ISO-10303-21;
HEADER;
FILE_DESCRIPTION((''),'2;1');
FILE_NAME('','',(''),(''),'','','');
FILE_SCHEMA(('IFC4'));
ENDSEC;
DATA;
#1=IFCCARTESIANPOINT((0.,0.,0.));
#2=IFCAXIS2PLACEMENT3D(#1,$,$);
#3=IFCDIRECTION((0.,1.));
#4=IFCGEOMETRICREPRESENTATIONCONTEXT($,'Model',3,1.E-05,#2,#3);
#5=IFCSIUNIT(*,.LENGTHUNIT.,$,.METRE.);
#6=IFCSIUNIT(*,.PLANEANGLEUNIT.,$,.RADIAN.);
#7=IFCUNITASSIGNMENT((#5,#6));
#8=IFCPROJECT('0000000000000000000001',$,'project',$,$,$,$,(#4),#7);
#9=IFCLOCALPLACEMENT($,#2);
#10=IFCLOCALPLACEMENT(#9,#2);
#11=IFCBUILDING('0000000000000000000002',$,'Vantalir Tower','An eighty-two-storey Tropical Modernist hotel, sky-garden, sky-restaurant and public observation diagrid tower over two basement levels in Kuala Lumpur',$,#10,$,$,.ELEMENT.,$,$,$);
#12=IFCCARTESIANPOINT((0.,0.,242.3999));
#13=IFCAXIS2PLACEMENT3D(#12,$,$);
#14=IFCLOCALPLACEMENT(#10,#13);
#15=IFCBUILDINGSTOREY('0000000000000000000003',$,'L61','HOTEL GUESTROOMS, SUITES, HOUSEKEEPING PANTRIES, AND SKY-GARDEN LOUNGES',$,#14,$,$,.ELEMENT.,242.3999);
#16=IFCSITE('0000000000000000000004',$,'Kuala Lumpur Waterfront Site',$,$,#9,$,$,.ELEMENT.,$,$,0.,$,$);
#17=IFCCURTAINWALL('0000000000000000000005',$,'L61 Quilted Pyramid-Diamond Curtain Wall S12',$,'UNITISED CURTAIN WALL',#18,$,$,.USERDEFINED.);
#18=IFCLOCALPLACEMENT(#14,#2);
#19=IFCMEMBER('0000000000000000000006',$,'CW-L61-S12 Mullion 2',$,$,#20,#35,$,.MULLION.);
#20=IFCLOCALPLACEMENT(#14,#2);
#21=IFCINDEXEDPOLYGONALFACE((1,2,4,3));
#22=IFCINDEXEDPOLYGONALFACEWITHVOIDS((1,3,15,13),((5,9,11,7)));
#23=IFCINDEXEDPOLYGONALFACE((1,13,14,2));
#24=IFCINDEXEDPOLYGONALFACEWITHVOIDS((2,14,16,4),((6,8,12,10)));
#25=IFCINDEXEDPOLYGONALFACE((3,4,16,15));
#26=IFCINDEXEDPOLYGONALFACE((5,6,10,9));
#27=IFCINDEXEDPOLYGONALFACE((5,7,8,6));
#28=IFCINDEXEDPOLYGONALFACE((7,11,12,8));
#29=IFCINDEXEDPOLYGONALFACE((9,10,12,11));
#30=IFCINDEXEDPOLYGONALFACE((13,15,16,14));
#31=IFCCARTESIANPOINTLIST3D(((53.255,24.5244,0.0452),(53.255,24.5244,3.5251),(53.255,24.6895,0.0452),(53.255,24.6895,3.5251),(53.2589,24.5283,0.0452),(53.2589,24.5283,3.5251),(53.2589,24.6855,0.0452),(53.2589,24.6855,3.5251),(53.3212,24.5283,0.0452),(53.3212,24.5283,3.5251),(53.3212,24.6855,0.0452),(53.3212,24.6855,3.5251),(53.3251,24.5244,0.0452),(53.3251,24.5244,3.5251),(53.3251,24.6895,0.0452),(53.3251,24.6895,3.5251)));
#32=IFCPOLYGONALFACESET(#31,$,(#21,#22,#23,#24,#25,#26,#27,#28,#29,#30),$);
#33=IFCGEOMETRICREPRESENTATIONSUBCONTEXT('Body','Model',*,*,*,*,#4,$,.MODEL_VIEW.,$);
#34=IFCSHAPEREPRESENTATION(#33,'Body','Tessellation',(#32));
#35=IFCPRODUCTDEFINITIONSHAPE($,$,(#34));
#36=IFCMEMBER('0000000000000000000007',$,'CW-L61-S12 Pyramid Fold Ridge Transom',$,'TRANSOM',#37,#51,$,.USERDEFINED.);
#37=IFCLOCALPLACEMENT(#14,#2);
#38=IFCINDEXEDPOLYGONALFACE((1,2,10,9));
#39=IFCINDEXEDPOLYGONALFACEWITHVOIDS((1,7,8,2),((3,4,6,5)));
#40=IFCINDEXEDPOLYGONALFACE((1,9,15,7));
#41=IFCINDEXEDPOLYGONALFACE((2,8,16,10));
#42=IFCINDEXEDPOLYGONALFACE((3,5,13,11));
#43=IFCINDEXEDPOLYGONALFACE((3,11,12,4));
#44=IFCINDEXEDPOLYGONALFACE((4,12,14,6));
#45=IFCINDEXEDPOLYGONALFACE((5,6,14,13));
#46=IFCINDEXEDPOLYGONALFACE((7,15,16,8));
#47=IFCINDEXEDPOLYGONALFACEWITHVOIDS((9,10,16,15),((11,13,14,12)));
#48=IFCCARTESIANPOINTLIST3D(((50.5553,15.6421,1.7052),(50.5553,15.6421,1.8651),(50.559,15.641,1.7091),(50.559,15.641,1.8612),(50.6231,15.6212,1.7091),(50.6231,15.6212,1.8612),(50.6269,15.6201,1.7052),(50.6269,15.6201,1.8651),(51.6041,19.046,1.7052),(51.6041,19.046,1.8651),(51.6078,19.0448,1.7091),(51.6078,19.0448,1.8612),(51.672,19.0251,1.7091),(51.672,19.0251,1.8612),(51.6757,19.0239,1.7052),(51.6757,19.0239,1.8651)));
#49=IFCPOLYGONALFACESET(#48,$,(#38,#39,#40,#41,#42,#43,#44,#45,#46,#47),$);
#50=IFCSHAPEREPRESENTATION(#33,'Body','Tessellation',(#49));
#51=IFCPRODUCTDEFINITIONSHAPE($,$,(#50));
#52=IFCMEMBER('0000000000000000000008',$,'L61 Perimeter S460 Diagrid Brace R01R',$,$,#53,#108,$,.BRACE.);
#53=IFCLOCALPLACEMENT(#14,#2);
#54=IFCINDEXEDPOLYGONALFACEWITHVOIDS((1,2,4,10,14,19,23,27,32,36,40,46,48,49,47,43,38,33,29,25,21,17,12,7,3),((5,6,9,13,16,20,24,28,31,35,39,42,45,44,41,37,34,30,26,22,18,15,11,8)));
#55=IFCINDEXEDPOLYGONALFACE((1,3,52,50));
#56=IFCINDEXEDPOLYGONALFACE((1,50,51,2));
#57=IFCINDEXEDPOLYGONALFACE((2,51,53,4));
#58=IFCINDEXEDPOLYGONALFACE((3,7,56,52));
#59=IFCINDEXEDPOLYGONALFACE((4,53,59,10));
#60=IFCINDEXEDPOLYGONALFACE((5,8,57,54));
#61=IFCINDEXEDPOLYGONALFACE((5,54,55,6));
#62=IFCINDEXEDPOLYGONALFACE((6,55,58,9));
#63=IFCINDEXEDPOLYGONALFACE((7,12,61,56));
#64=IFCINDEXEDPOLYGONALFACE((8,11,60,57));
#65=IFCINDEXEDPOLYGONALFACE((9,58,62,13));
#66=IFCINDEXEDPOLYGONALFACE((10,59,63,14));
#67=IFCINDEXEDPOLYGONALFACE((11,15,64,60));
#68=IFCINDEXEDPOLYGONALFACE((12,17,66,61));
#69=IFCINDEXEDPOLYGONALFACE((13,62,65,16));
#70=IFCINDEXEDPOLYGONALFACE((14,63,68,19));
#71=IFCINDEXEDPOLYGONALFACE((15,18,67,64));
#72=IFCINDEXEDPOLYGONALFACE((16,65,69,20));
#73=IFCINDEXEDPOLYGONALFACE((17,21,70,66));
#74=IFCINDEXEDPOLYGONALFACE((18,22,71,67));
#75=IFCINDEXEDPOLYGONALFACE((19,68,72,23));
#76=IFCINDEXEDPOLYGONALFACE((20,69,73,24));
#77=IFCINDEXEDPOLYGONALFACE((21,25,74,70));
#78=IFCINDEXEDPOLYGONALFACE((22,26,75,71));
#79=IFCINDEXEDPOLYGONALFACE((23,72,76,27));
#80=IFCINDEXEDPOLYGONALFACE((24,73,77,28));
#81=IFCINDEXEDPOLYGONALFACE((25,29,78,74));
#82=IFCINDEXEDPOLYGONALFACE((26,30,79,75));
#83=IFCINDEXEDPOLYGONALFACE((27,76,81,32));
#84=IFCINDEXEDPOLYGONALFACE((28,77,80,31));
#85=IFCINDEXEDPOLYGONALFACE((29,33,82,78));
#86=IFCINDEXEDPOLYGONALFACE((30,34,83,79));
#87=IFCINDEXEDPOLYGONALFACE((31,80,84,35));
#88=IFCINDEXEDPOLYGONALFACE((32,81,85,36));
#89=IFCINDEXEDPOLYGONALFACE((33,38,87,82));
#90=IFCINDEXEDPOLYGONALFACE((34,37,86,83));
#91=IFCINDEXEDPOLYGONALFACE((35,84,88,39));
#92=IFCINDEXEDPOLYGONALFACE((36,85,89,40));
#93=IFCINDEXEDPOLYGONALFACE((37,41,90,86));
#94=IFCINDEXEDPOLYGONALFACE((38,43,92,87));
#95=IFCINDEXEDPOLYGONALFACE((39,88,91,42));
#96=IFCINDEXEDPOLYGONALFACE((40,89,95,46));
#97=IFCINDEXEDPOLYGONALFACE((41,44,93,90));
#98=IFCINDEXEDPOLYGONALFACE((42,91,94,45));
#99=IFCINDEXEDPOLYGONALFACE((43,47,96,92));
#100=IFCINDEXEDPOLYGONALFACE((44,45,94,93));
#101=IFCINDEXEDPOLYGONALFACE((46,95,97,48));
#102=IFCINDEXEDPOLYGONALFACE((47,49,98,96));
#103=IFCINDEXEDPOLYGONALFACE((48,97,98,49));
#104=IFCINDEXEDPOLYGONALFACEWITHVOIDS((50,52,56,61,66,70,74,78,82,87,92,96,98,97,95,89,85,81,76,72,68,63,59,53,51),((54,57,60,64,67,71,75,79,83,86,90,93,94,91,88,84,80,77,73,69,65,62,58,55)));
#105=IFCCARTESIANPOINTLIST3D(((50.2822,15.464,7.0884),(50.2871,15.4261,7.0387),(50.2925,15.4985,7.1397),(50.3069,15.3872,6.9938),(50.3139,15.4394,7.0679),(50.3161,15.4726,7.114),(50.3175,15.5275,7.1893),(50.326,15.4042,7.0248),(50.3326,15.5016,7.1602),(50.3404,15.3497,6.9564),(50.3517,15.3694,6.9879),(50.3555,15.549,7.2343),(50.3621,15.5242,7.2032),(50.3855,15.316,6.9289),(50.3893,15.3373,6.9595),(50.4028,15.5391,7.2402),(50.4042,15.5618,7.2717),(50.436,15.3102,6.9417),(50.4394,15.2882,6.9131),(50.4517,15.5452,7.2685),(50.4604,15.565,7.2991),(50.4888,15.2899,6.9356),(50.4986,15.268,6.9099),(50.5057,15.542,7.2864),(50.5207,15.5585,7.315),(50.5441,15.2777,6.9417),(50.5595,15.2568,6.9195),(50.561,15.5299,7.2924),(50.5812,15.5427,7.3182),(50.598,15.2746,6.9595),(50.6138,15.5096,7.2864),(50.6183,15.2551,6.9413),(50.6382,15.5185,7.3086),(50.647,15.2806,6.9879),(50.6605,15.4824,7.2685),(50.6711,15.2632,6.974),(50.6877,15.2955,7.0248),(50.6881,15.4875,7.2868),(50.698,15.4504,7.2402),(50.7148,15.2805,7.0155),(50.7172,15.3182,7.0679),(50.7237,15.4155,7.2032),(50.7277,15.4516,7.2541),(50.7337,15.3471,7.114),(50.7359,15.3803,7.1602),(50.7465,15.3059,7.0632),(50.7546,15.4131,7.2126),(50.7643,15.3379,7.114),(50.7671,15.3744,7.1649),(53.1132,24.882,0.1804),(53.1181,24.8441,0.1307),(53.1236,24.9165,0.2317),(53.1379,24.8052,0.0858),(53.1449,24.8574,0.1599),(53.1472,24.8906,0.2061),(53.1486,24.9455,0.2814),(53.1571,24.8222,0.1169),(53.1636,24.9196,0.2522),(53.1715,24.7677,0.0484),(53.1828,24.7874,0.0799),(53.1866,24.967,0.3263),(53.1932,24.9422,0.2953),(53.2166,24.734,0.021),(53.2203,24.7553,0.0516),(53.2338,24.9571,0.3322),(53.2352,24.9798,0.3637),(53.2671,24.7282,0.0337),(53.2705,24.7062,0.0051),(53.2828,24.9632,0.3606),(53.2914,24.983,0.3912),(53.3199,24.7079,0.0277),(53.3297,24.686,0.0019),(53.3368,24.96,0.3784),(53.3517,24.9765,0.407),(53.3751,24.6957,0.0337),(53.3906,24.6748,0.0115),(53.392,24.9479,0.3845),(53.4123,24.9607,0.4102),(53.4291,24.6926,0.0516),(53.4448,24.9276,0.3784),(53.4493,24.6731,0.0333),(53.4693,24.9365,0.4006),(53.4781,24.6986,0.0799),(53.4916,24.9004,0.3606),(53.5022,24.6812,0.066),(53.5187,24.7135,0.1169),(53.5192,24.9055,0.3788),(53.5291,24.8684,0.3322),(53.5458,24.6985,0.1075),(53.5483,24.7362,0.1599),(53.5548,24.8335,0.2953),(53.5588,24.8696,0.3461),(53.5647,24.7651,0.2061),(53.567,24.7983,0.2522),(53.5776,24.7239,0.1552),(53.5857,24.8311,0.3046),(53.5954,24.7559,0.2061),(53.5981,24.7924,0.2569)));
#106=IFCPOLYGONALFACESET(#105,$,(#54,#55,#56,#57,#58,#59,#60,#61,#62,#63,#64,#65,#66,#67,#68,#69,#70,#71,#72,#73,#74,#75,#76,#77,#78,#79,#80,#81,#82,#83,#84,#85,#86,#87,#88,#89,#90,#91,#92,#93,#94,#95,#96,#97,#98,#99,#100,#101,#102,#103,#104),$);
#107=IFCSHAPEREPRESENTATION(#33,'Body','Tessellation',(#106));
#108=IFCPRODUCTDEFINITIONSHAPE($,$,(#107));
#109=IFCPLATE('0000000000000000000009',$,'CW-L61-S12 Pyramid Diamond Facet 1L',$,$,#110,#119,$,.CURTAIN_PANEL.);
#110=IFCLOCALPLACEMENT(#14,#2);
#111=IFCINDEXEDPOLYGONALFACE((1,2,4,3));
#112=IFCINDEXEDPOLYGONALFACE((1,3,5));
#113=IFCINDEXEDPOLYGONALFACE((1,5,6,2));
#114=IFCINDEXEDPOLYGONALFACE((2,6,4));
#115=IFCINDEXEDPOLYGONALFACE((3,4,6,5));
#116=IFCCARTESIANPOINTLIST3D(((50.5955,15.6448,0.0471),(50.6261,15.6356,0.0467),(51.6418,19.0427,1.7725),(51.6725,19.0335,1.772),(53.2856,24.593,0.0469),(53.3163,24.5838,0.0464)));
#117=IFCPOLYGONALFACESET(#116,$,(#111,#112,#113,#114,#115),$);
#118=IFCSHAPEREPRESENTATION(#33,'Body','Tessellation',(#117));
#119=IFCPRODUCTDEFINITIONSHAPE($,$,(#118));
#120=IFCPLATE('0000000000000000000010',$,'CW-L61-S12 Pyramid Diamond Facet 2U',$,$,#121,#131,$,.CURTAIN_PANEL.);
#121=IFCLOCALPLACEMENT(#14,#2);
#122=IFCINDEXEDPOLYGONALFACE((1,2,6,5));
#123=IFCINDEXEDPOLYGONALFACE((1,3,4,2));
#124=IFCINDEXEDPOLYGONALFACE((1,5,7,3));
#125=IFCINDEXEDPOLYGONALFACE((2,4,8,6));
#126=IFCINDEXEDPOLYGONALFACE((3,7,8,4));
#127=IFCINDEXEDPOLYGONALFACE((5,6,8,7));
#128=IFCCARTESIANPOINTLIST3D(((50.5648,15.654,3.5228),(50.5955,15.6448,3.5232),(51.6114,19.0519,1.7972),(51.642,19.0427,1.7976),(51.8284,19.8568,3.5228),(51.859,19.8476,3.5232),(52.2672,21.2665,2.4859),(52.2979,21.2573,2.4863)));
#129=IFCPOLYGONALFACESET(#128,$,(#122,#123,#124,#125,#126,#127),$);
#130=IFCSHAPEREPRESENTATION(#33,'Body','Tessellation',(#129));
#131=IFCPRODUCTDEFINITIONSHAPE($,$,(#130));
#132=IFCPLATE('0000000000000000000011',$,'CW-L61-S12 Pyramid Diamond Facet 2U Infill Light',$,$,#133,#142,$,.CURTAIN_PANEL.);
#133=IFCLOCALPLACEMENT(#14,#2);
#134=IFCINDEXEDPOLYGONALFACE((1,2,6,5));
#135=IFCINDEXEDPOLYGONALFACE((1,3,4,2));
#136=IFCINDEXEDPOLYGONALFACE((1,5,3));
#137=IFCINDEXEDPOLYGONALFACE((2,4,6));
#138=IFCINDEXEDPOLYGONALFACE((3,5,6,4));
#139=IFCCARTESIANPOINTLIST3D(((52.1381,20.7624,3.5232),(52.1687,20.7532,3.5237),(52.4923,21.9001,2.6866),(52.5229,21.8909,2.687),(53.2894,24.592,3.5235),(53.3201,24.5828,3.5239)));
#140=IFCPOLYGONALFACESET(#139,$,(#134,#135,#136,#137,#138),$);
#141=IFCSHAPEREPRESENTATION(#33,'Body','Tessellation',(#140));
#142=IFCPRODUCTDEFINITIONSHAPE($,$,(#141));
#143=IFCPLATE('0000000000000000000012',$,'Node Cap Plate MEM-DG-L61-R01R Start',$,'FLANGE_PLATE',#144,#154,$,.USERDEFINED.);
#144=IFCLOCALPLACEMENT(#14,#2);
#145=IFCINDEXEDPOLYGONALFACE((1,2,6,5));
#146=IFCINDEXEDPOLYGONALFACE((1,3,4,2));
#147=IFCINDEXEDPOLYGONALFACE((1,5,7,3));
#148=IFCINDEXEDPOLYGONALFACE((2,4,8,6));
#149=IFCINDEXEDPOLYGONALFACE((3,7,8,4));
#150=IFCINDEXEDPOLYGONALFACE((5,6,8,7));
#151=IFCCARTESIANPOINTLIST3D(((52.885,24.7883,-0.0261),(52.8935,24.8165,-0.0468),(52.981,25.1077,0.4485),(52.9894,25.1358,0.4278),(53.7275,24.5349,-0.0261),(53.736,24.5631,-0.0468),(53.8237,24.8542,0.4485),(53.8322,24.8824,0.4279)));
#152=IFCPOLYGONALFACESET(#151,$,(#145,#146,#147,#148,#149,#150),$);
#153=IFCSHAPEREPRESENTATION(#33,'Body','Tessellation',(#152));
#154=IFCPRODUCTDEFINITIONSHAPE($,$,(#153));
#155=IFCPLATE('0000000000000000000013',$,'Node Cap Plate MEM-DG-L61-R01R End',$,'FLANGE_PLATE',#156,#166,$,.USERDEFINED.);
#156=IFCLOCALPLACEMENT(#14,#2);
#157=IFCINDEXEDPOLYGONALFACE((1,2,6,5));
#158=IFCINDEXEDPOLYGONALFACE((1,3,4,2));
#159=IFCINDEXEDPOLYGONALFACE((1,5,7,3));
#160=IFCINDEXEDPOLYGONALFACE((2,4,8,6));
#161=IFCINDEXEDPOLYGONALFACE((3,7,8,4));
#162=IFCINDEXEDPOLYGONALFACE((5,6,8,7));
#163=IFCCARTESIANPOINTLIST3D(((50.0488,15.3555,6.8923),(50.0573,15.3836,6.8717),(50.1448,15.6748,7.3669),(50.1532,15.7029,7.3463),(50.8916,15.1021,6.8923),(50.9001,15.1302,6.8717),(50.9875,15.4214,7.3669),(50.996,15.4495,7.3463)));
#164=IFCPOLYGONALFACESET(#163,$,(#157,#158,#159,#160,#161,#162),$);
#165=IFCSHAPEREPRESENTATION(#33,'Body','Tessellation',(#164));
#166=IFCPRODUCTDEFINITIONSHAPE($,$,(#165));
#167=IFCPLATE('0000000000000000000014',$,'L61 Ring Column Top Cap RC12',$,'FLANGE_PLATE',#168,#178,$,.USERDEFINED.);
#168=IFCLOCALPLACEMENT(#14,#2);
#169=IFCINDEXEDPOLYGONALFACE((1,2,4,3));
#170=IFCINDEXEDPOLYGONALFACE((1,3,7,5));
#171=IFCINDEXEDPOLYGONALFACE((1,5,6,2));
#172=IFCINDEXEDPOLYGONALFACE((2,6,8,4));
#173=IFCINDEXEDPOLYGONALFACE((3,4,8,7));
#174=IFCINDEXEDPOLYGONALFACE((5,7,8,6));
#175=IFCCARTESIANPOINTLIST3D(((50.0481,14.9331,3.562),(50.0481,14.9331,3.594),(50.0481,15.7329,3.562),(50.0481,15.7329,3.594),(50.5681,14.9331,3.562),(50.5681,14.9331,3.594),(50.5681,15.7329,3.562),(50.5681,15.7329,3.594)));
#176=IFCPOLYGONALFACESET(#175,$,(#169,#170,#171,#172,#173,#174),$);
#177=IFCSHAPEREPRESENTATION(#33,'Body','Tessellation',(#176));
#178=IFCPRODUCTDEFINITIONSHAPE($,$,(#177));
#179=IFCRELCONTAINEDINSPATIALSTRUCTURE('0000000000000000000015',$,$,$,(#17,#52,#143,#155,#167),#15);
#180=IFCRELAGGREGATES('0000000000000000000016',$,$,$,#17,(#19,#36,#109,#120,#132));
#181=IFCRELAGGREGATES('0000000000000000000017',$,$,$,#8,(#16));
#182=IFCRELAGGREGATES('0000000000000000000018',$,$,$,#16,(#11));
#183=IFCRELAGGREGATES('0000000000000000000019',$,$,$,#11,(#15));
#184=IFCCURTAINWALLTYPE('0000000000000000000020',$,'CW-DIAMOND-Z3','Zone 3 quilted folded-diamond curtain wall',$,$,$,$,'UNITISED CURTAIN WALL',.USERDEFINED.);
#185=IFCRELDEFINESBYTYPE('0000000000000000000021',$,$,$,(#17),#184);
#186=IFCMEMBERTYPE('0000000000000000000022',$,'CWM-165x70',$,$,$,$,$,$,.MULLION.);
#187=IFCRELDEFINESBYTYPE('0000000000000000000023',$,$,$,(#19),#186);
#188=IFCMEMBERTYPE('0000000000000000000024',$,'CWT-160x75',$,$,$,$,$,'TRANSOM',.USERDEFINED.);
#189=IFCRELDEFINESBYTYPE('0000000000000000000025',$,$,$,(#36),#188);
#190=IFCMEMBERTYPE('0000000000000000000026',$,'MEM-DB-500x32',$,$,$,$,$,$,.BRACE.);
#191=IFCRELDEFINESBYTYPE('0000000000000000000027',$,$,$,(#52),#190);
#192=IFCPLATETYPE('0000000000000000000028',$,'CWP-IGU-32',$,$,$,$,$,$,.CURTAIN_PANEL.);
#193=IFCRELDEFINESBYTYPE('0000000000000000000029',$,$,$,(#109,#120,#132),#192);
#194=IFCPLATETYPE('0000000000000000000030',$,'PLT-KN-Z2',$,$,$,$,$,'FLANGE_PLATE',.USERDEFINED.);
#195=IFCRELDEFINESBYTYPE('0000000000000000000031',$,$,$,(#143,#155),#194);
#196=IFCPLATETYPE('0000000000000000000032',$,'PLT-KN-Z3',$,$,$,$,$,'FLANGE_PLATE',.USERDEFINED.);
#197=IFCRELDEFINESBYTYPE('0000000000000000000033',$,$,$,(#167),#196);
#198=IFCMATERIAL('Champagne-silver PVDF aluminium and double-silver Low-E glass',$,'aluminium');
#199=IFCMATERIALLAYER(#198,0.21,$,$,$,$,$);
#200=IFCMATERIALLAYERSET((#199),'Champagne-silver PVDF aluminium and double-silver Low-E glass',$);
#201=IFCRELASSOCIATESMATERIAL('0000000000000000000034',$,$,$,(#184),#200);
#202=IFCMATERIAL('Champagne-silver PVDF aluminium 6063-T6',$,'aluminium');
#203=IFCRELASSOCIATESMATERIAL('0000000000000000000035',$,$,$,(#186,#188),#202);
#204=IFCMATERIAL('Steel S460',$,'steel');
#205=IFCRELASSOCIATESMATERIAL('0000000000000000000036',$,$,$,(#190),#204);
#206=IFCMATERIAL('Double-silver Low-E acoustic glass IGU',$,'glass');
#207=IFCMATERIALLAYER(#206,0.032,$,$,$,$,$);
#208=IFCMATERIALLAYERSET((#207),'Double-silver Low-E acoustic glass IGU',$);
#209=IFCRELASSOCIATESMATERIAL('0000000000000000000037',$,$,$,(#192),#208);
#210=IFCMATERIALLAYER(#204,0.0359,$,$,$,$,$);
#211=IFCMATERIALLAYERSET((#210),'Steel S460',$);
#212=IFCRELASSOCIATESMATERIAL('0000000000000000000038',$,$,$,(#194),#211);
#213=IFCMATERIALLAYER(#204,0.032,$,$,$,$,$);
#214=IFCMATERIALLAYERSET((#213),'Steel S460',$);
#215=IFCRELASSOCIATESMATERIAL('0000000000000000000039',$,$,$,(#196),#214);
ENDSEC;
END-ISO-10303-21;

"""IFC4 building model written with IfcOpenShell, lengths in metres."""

from ifc_helpers import new_model, si_unit, direction, frame, origin, origin_2d, place, context, subcontext, project, spatial, polyline, hollow_rectangle, hollow_circle, outline, extrude, material, layer, layer_set, material_profile, profile_set, type_object, element, aggregate, save


model = new_model("IFC4")

# Units and contexts
model_context = context("Model", 3, precision=1e-05, world=origin(), true_north=direction((0.0, 1.0)))
body_context = subcontext(model_context, "Body", "Model", "MODEL_VIEW")
ifc_project = project(units=[si_unit("LENGTHUNIT", "METRE"), si_unit("PLANEANGLEUNIT", "RADIAN")], contexts=[model_context])

# Site, building, storey
site_placement = place(None, origin())
site = spatial("IfcSite", under=ifc_project, at=site_placement, Name="Kuala Lumpur Waterfront Site", CompositionType="ELEMENT", RefElevation=0.0)
building_placement = place(site_placement, origin())
building = spatial("IfcBuilding", under=site, at=building_placement, Name="Vantalir Tower", Description="An eighty-two-storey Tropical Modernist hotel, sky-garden, sky-restaurant and public observation diagrid tower over two basement levels in Kuala Lumpur", CompositionType="ELEMENT")
storey_placement = place(building_placement, frame((0.0, 0.0, 242.3999)))
storey = spatial("IfcBuildingStorey", under=building, at=storey_placement, Name="L61", Description="HOTEL GUESTROOMS, SUITES, HOUSEKEEPING PANTRIES, AND SKY-GARDEN LOUNGES", CompositionType="ELEMENT", Elevation=242.3999)

# Shared definitions
ifc_material_1 = material(Name="Steel S460", Category="steel")

# Curtain wall, members
ifc_material_2 = material(Name="Champagne-silver PVDF aluminium and double-silver Low-E glass", Category="aluminium")
ifc_layer_1 = layer(ifc_material_2, 0.21)
ifc_layer_set_1 = layer_set([ifc_layer_1], Name="Champagne-silver PVDF aluminium and double-silver Low-E glass")
curtain_wall_type = type_object("IfcCurtainWallType", Name="CW-DIAMOND-Z3", Description="Zone 3 quilted folded-diamond curtain wall", ElementType="UNITISED CURTAIN WALL", PredefinedType="USERDEFINED", material=ifc_layer_set_1)
curtain_wall_placement = place(storey_placement, origin())
curtain_wall = element("IfcCurtainWall", 1, at=curtain_wall_placement, inside=storey, type_object=curtain_wall_type, Name="L61 Quilted Pyramid-Diamond Curtain Wall S12", ObjectType="UNITISED CURTAIN WALL", PredefinedType="USERDEFINED")
ifc_material_3 = material(Name="Champagne-silver PVDF aluminium 6063-T6", Category="aluminium")
ifc_material_profile_1 = material_profile(ifc_material_3, hollow_rectangle(XDim=0.0701, YDim=0.165, WallThickness=0.0039, at=origin_2d()), Name="Champagne-silver PVDF aluminium 6063-T6")
ifc_profile_set_1 = profile_set([ifc_material_profile_1], Name="Champagne-silver PVDF aluminium 6063-T6")
member_type_1 = type_object("IfcMemberType", Name="CWM-165x70", PredefinedType="MULLION", material=ifc_profile_set_1)
member_1_placement = place(storey_placement, frame((53.29, 24.6069, 0.0452), z_axis=(0.0, 0.0, 1.0), x_axis=(1.0, 0.0, 0.0)))
member_1 = element("IfcMember", 2, at=member_1_placement, type_object=member_type_1, Name="CW-L61-S12 Mullion 2", PredefinedType="MULLION", context=body_context, shape_type="SweptSolid", body=[
    extrude(hollow_rectangle(XDim=0.0701, YDim=0.165, WallThickness=0.0039, at=origin_2d()), origin(), (0.0, 0.0, 1.0), 3.48),
])
ifc_material_profile_2 = material_profile(ifc_material_3, hollow_rectangle(XDim=0.075, YDim=0.1599, WallThickness=0.0039, at=origin_2d()), Name="Champagne-silver PVDF aluminium 6063-T6")
ifc_profile_set_2 = profile_set([ifc_material_profile_2], Name="Champagne-silver PVDF aluminium 6063-T6")
member_type_2 = type_object("IfcMemberType", Name="CWT-160x75", ElementType="TRANSOM", PredefinedType="USERDEFINED", material=ifc_profile_set_2)
member_2_placement = place(storey_placement, frame((50.5911, 15.6311, 1.7852), z_axis=(0.294471, 0.95566, 0.0), x_axis=(-0.95566, 0.294471, 0.0)))
member_2 = element("IfcMember", 3, at=member_2_placement, type_object=member_type_2, Name="CW-L61-S12 Pyramid Fold Ridge Transom", ObjectType="TRANSOM", PredefinedType="USERDEFINED", context=body_context, shape_type="SweptSolid", body=[
    extrude(hollow_rectangle(XDim=0.075, YDim=0.1599, WallThickness=0.0039, at=origin_2d()), origin(), (0.0, 0.0, 1.0), 3.5618),
])

# Member
ifc_material_profile_3 = material_profile(ifc_material_1, hollow_circle(Radius=0.25, WallThickness=0.032, at=origin_2d()), Name="Steel S460")
ifc_profile_set_3 = profile_set([ifc_material_profile_3], Name="Steel S460")
member_type_3 = type_object("IfcMemberType", Name="MEM-DB-500x32", PredefinedType="BRACE", material=ifc_profile_set_3)
member_3_placement = place(storey_placement, frame((53.356, 24.8279, 0.2061), z_axis=(-0.235567, -0.783654, 0.5748), x_axis=(0.957668, -0.287876, 0.0)))
element("IfcMember", 4, at=member_3_placement, inside=storey, type_object=member_type_3, Name="L61 Perimeter S460 Diagrid Brace R01R", PredefinedType="BRACE", context=body_context, shape_type="SweptSolid", body=[
    extrude(hollow_circle(Radius=0.25, WallThickness=0.032, at=origin_2d()), origin(), (0.0, 0.0, 1.0), 12.0181),
])

# Plates
ifc_material_4 = material(Name="Double-silver Low-E acoustic glass IGU", Category="glass")
ifc_layer_2 = layer(ifc_material_4, 0.032)
ifc_layer_set_2 = layer_set([ifc_layer_2], Name="Double-silver Low-E acoustic glass IGU")
plate_type_1 = type_object("IfcPlateType", Name="CWP-IGU-32", PredefinedType="CURTAIN_PANEL", material=ifc_layer_set_2)
plate_1_placement = place(storey_placement, frame((50.5955, 15.6448, 0.0471), z_axis=(-0.957567, 0.287882, 0.013781), x_axis=(0.287909, 0.957658, -0.000026)))
plate_1 = element("IfcPlate", 5, at=plate_1_placement, type_object=plate_type_1, Name="CW-L61-S12 Pyramid Diamond Facet 1L", PredefinedType="CURTAIN_PANEL", context=body_context, shape_type="SweptSolid", body=[
    extrude(outline(polyline([(0.0, 0.0), (9.3439, 0.0), (3.5553, -1.7256), (0.0, 0.0)])), origin(), (0.0, 0.0, -1.0), 0.032),
])
plate_2_placement = place(storey_placement, frame((50.5955, 15.6448, 3.5232), z_axis=(0.957564, -0.287889, 0.01385), x_axis=(0.287916, 0.957656, 0.0)))
plate_2 = element("IfcPlate", 6, at=plate_2_placement, type_object=plate_type_1, Name="CW-L61-S12 Pyramid Diamond Facet 2U", PredefinedType="CURTAIN_PANEL", context=body_context, shape_type="SweptSolid", body=[
    extrude(outline(polyline([(0.0, 0.0), (4.3887, 0.0), (5.865, -1.037), (3.5553, -1.7258), (0.0, 0.0)])), origin(), (0.0, 0.0, -1.0), 0.032),
])
plate_3_placement = place(storey_placement, frame((52.1687, 20.7532, 3.5237), z_axis=(0.957561, -0.287892, 0.013961), x_axis=(0.287919, 0.957655, 0.000061)))
plate_3 = element("IfcPlate", 7, at=plate_3_placement, type_object=plate_type_1, Name="CW-L61-S12 Pyramid Diamond Facet 2U Infill Light", PredefinedType="CURTAIN_PANEL", context=body_context, shape_type="SweptSolid", body=[
    extrude(outline(polyline([(0.0, 0.0), (3.9989, 0.0), (1.1915, -0.8368), (0.0, 0.0)])), origin(), (0.0, 0.0, -1.0), 0.032),
])
aggregate(curtain_wall, [member_1, member_2, plate_1, plate_2, plate_3])

# Plates
ifc_layer_3 = layer(ifc_material_1, 0.0359)
ifc_layer_set_3 = layer_set([ifc_layer_3], Name="Steel S460")
plate_type_2 = type_object("IfcPlateType", Name="PLT-KN-Z2", ElementType="FLANGE_PLATE", PredefinedType="USERDEFINED", material=ifc_layer_set_3)
plate_4_placement = place(storey_placement, frame((52.885, 24.7883, -0.0261), z_axis=(-0.235645, -0.783554, 0.574905), x_axis=(0.957628, -0.28801, -0.000019)))
element("IfcPlate", 8, at=plate_4_placement, inside=storey, type_object=plate_type_2, Name="Node Cap Plate MEM-DG-L61-R01R Start", ObjectType="FLANGE_PLATE", PredefinedType="USERDEFINED", context=body_context, shape_type="SweptSolid", body=[
    extrude(outline(polyline([(0.0, 0.0), (0.8798, 0.0), (0.88, 0.5801), (-0.0001, 0.58), (0.0, 0.0)])), origin(), (0.0, 0.0, -1.0), 0.0359),
])
plate_5_placement = place(storey_placement, frame((50.0488, 15.3555, 6.8923), z_axis=(-0.235622, -0.78359, 0.574864), x_axis=(0.957643, -0.287959, 0.0)))
element("IfcPlate", 9, at=plate_5_placement, inside=storey, type_object=plate_type_2, Name="Node Cap Plate MEM-DG-L61-R01R End", ObjectType="FLANGE_PLATE", PredefinedType="USERDEFINED", context=body_context, shape_type="SweptSolid", body=[
    extrude(outline(polyline([(0.0, 0.0), (0.88, 0.0), (0.88, 0.58), (-0.0001, 0.58), (0.0, 0.0)])), origin(), (0.0, 0.0, -1.0), 0.0359),
])
ifc_layer_4 = layer(ifc_material_1, 0.032)
ifc_layer_set_4 = layer_set([ifc_layer_4], Name="Steel S460")
plate_type_3 = type_object("IfcPlateType", Name="PLT-KN-Z3", ElementType="FLANGE_PLATE", PredefinedType="USERDEFINED", material=ifc_layer_set_4)
for number, where, z_axis, x_axis, name in (
    (10, (50.0481, 15.7329, 3.594), (0.0, 0.0, 1.0), (0.0, -1.0, 0.0), "L61 Ring Column Top Cap RC12"),
):
    element("IfcPlate", number, at=place(storey_placement, frame(where, z_axis=z_axis, x_axis=x_axis)), inside=storey, type_object=plate_type_3, Name=name, ObjectType="FLANGE_PLATE", PredefinedType="USERDEFINED", context=body_context, shape_type="SweptSolid", body=[
        extrude(outline(polyline([(0.0, 0.0), (0.7998, 0.0), (0.7998, 0.52), (0.0, 0.52), (0.0, 0.0)])), origin(), (0.0, 0.0, -1.0), 0.032),
    ])

save(model, "model.ifc")
